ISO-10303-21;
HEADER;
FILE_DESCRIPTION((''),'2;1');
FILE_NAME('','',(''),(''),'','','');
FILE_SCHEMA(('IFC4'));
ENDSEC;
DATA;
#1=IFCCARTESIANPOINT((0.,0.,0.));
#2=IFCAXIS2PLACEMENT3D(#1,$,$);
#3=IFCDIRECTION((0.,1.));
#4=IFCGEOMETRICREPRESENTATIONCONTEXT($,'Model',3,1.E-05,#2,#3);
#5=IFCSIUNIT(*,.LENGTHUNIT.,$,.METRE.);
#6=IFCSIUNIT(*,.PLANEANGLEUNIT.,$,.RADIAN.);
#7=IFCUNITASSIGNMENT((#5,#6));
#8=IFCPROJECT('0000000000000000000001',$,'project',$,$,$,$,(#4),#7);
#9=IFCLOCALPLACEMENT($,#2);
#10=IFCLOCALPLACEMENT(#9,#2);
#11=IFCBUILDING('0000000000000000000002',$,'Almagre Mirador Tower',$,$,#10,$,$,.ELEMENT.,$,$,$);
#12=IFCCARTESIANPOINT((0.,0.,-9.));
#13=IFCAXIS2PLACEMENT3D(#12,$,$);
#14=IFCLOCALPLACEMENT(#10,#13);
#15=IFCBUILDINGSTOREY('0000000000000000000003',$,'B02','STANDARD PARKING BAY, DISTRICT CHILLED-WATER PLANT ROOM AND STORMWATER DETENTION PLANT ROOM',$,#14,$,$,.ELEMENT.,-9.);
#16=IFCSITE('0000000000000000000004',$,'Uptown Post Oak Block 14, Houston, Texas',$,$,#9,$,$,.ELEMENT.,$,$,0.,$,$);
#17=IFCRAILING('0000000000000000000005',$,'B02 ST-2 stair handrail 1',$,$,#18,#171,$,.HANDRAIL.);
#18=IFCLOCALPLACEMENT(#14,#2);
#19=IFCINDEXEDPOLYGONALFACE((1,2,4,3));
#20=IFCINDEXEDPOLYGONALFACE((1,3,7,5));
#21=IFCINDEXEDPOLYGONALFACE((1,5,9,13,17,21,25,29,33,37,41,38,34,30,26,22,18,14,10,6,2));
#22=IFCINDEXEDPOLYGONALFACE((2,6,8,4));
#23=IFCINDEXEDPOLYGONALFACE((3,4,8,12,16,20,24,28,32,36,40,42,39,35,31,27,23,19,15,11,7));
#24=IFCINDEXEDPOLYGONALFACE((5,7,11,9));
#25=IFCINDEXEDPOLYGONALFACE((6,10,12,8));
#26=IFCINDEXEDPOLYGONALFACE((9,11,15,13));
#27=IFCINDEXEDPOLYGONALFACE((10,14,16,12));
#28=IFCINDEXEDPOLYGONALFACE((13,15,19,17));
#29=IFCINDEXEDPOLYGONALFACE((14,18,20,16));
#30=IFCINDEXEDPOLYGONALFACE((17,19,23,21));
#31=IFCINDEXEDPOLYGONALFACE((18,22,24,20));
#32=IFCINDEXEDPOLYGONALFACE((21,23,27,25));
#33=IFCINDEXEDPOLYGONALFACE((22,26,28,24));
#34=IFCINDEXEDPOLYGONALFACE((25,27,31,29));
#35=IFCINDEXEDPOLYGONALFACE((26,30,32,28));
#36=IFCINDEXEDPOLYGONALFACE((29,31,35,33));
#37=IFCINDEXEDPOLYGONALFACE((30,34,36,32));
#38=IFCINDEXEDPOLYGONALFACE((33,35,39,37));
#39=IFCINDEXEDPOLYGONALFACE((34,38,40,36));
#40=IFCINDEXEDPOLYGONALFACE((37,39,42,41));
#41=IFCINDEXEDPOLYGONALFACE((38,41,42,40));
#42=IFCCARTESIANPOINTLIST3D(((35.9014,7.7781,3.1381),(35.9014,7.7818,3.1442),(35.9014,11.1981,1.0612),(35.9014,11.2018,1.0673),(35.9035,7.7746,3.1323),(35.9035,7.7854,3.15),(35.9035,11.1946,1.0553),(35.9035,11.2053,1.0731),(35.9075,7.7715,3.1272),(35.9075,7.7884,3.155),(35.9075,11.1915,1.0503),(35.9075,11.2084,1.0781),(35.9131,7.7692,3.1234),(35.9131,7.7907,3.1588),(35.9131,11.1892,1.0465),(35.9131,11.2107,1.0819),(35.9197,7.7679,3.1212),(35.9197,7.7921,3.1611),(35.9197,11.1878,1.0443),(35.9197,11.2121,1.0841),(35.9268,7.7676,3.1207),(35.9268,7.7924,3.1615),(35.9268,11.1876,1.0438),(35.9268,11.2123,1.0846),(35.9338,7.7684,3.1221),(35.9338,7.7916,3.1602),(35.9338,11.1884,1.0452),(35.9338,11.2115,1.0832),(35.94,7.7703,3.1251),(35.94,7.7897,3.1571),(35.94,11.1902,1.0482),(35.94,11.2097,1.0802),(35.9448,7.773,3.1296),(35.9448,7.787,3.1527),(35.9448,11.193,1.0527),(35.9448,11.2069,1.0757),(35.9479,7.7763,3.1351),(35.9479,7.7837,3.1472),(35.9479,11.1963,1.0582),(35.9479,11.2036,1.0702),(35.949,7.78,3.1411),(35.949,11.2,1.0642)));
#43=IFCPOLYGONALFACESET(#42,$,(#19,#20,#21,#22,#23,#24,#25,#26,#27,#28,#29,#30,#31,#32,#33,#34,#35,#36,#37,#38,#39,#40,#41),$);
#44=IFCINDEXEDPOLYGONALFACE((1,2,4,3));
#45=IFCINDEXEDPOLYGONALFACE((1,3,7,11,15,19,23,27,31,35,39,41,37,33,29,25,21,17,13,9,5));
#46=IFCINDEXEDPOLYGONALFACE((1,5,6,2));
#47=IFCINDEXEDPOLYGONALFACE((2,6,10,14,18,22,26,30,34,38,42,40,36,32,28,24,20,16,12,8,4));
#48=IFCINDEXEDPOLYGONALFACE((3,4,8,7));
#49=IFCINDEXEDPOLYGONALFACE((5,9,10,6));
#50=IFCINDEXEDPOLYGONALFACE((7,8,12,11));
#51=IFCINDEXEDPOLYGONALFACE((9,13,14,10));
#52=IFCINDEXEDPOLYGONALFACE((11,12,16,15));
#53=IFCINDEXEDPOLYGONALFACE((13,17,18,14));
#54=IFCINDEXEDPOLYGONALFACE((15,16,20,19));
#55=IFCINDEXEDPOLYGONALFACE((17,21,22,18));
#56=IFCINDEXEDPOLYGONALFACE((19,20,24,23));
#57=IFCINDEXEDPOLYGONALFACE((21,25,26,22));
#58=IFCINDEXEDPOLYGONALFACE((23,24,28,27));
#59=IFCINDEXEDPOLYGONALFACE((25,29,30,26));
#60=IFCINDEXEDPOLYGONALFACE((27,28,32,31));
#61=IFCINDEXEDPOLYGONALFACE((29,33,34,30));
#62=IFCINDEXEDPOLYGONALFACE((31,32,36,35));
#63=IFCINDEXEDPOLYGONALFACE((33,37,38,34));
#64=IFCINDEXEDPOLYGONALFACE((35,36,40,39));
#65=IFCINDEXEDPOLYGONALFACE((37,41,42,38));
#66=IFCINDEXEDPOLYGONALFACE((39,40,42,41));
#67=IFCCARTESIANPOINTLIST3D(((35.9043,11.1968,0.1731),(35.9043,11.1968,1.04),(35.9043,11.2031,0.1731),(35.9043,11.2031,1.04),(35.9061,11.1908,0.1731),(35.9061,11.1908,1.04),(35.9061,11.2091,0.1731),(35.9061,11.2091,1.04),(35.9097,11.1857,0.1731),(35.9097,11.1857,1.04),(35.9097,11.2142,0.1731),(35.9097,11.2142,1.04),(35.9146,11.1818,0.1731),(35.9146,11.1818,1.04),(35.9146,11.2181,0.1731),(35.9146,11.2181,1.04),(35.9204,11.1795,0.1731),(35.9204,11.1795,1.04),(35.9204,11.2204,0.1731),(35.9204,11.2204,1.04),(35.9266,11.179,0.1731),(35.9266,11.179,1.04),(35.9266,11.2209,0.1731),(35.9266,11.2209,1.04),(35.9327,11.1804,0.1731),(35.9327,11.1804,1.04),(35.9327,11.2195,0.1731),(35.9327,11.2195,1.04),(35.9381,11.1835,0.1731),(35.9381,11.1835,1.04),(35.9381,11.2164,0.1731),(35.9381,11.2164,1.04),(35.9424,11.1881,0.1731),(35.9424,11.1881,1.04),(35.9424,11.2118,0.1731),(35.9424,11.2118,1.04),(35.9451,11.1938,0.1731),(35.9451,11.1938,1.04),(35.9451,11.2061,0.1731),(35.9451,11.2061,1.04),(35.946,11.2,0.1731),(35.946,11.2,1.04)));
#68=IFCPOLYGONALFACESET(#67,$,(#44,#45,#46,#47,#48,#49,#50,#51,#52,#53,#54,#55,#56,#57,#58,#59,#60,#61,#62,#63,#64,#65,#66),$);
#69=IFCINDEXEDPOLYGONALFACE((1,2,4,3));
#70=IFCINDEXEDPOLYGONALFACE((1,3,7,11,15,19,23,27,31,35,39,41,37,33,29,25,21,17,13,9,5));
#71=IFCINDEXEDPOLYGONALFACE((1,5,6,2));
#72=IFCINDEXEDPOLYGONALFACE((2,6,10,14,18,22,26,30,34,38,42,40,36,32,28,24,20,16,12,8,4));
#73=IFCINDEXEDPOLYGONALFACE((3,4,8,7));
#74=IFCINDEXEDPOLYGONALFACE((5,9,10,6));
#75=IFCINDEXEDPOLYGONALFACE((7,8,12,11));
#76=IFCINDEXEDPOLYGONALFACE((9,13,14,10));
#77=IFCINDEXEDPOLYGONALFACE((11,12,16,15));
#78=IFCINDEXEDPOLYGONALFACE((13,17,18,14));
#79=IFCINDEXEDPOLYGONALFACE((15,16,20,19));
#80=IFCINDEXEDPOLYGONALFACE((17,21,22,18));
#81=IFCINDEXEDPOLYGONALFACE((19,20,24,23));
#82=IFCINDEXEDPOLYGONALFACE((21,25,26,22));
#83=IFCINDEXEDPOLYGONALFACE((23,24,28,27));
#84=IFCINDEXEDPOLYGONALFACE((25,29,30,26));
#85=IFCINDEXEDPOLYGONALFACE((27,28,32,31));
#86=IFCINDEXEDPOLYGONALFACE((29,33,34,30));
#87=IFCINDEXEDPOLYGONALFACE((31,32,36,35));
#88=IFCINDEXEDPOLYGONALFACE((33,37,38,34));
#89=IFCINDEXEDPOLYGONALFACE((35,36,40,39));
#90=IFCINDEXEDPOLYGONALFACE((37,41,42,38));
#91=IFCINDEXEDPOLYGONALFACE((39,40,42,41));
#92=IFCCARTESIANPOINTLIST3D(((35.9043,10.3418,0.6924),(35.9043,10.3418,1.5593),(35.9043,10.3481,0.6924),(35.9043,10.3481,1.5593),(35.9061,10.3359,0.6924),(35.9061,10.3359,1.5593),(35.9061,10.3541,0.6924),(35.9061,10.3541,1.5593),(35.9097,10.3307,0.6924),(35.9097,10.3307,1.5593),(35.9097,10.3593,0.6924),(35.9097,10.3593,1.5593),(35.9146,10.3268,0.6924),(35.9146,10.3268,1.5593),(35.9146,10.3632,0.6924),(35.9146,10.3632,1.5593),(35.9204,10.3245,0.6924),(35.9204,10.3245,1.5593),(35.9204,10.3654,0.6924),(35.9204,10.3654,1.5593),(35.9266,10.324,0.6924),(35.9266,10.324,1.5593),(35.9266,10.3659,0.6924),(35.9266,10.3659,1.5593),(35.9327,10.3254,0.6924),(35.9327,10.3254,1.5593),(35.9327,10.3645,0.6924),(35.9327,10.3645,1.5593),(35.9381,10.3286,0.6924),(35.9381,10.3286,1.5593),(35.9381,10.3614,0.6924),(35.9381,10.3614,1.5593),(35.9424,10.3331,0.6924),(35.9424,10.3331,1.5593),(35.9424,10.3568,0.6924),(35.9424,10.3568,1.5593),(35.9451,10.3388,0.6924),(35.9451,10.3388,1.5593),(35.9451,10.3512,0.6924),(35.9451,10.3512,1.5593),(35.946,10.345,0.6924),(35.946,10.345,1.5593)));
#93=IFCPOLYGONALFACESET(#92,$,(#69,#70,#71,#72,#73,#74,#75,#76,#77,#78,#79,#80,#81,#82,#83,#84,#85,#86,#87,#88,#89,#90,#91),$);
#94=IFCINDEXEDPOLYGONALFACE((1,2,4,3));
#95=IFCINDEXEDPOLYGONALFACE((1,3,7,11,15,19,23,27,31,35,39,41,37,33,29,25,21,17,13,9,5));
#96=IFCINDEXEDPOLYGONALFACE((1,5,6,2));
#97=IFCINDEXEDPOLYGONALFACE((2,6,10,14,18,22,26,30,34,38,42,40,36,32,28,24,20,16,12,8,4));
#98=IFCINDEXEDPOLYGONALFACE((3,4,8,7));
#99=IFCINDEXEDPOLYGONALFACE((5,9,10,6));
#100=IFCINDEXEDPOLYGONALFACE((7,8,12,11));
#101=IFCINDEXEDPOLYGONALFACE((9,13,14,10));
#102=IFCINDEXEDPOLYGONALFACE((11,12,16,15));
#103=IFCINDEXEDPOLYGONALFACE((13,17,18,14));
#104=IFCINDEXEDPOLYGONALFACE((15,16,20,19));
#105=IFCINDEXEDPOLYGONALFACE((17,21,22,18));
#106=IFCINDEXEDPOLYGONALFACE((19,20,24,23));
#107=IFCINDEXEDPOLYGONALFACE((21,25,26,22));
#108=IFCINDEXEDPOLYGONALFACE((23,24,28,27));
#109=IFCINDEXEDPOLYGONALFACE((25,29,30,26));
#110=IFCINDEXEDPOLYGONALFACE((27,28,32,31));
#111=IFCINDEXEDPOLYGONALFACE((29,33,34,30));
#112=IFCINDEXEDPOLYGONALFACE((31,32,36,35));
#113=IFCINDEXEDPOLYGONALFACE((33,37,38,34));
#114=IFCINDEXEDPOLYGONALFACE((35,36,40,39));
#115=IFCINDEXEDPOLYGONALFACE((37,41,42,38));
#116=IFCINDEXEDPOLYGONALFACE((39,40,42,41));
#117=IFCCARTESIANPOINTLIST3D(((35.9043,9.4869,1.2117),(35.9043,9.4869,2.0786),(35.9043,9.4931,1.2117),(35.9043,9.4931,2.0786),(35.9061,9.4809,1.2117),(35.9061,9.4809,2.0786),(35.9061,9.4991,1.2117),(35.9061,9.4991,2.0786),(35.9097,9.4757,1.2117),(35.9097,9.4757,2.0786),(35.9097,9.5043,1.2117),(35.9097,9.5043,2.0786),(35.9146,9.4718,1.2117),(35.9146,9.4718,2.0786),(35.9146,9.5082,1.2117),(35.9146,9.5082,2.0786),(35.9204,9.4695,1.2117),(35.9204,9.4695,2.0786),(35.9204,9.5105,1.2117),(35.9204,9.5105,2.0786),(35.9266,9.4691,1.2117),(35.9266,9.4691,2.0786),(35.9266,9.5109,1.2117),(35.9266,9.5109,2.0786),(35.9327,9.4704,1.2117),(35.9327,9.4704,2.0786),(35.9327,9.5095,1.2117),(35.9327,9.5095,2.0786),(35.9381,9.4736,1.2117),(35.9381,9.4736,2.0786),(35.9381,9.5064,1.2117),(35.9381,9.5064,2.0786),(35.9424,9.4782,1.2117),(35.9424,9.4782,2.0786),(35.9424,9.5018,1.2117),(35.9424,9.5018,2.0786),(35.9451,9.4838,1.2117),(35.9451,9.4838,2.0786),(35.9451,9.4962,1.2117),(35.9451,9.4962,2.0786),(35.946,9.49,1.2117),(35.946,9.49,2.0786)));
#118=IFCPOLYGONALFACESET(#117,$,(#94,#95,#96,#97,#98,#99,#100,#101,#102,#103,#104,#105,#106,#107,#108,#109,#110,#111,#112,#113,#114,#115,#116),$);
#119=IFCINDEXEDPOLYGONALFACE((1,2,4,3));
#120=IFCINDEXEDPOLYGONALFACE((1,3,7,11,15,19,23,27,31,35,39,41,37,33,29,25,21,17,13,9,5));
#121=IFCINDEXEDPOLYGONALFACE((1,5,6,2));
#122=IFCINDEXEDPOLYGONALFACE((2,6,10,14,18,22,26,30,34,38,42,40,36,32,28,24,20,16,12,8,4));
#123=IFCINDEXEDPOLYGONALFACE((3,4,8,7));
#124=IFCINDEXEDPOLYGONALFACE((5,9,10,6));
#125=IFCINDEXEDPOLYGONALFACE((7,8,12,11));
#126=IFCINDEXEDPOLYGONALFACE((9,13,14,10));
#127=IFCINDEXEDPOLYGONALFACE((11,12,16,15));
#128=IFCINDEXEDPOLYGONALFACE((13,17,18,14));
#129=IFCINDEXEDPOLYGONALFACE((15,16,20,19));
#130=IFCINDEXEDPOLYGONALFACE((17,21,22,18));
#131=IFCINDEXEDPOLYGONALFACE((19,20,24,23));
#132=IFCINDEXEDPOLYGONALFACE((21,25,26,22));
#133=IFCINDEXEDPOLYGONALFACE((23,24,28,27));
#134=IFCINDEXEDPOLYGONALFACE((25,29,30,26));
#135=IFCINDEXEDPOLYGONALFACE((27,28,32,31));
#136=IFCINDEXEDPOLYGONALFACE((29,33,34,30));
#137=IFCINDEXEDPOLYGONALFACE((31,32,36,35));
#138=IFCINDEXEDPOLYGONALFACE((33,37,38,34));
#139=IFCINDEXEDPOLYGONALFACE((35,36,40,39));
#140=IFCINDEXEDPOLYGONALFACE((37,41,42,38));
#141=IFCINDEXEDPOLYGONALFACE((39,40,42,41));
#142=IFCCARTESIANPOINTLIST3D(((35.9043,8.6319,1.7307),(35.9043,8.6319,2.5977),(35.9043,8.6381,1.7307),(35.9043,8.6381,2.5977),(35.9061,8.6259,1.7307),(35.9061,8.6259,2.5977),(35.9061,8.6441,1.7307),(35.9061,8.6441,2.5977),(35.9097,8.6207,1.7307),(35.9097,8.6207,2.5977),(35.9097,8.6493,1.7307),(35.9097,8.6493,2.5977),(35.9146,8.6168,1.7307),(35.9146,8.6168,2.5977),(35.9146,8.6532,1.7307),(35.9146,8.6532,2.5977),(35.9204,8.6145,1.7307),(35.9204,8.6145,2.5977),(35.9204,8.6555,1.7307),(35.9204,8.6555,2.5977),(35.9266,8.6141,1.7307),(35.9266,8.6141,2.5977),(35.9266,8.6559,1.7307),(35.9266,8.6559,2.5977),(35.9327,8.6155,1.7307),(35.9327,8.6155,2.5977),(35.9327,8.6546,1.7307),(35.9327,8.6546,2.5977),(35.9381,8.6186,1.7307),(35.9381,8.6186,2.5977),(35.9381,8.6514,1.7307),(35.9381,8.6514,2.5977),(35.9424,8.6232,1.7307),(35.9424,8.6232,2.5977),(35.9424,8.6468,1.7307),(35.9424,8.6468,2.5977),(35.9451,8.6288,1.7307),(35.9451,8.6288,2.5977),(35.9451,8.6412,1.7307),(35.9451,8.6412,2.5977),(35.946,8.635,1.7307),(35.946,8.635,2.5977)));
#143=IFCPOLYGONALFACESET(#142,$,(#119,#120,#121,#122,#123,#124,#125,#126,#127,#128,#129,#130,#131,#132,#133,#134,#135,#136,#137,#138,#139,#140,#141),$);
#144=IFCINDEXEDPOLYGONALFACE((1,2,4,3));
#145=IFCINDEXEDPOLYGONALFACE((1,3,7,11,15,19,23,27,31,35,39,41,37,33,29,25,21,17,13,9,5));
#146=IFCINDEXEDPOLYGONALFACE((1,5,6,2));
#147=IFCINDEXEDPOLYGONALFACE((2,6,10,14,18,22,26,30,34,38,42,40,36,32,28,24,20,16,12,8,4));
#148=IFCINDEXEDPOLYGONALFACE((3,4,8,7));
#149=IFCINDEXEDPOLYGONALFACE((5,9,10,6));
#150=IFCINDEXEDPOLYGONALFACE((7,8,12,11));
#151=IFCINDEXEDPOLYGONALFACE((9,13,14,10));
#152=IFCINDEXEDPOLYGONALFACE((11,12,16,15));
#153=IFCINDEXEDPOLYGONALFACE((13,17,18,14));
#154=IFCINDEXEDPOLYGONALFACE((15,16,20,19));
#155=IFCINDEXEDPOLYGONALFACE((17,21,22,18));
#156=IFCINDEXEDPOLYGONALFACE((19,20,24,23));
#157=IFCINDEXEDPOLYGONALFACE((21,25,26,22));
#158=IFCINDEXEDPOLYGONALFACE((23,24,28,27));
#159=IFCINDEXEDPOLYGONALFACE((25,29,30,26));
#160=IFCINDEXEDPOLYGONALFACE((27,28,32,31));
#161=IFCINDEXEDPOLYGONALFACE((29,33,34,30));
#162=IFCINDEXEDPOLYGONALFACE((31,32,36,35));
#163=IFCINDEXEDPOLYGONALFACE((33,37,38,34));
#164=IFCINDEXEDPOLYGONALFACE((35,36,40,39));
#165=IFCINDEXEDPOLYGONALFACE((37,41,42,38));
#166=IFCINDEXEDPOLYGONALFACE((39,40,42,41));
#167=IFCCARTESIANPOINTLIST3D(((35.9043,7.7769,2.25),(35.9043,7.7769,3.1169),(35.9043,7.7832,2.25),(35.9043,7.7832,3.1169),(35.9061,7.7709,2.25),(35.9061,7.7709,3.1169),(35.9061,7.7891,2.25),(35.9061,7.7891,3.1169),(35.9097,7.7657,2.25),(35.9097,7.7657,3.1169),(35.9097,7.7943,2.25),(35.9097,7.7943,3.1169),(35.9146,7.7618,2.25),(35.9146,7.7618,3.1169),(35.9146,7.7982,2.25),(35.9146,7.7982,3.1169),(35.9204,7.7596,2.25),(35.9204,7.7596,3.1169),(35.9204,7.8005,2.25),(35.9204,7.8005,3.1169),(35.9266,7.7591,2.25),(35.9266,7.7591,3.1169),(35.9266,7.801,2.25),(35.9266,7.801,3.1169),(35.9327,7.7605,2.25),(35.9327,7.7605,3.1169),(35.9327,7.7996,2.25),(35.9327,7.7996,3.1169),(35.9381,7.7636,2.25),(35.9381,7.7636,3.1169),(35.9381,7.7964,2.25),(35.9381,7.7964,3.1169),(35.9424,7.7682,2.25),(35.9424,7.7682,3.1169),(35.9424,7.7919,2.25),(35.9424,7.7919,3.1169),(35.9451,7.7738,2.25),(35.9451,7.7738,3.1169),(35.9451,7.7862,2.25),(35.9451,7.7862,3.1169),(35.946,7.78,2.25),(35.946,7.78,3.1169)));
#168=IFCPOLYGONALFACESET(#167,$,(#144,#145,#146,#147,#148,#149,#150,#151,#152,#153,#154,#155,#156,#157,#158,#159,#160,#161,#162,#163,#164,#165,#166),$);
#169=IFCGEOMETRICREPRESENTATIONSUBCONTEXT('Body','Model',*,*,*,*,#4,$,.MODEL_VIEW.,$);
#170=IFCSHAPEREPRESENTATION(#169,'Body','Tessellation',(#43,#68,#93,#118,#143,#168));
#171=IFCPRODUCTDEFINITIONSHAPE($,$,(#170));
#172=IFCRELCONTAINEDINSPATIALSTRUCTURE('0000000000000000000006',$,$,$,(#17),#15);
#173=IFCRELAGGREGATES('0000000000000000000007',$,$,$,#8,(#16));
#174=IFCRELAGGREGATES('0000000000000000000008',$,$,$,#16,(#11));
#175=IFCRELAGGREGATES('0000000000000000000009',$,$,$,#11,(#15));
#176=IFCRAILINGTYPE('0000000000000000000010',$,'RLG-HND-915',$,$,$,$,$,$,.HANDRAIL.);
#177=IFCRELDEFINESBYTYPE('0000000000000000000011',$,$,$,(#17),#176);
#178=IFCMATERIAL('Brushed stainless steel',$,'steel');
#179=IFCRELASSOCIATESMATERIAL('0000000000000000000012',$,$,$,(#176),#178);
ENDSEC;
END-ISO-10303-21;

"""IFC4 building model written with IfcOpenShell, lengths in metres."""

from ifc_helpers import new_model, si_unit, direction, frame, origin, origin_2d, place, context, subcontext, project, spatial, circle, extrude, material, type_object, element, save


model = new_model("IFC4")

# Units and contexts
model_context = context("Model", 3, precision=1e-05, world=origin(), true_north=direction((0.0, 1.0)))
body_context = subcontext(model_context, "Body", "Model", "MODEL_VIEW")
ifc_project = project(units=[si_unit("LENGTHUNIT", "METRE"), si_unit("PLANEANGLEUNIT", "RADIAN")], contexts=[model_context])

# Site, building, storey
site_placement = place(None, origin())
site = spatial("IfcSite", under=ifc_project, at=site_placement, Name="Uptown Post Oak Block 14, Houston, Texas", CompositionType="ELEMENT", RefElevation=0.0)
building_placement = place(site_placement, origin())
building = spatial("IfcBuilding", under=site, at=building_placement, Name="Almagre Mirador Tower", CompositionType="ELEMENT")
storey_placement = place(building_placement, frame((0.0, 0.0, -9.0)))
storey = spatial("IfcBuildingStorey", under=building, at=storey_placement, Name="B02", Description="STANDARD PARKING BAY, DISTRICT CHILLED-WATER PLANT ROOM AND STORMWATER DETENTION PLANT ROOM", CompositionType="ELEMENT", Elevation=-9.0)

# Railing
ifc_material_1 = material(Name="Brushed stainless steel", Category="steel")
railing_type_1 = type_object("IfcRailingType", Name="RLG-HND-915", PredefinedType="HANDRAIL", material=ifc_material_1)
railing_1_placement = place(storey_placement, frame((35.925, 11.2, 0.1731)))
element("IfcRailing", 1, at=railing_1_placement, inside=storey, type_object=railing_type_1, Name="B02 ST-2 stair handrail 1", PredefinedType="HANDRAIL", context=body_context, shape_type="SweptSolid", body=[
    extrude(circle(Radius=0.0239, at=origin_2d()), frame((0.0, 0.0, 0.8911), z_axis=(0.0, -0.85473, 0.519074), x_axis=(1.0, 0.0, 0.0)), (0.0, 0.0, 1.0), 4.0012),
    extrude(circle(Radius=0.021, at=origin_2d()), origin(), (0.0, 0.0, 1.0), 0.8669),
    extrude(circle(Radius=0.021, at=origin_2d()), frame((0.0, -0.855, 0.5193)), (0.0, 0.0, 1.0), 0.8669),
    extrude(circle(Radius=0.021, at=origin_2d()), frame((0.0, -1.71, 1.0386)), (0.0, 0.0, 1.0), 0.8669),
    extrude(circle(Radius=0.021, at=origin_2d()), frame((0.0, -2.5649, 1.5576)), (0.0, 0.0, 1.0), 0.8669),
    extrude(circle(Radius=0.021, at=origin_2d()), frame((0.0, -3.4199, 2.0769)), (0.0, 0.0, 1.0), 0.8669),
])

save(model, "model.ifc")
